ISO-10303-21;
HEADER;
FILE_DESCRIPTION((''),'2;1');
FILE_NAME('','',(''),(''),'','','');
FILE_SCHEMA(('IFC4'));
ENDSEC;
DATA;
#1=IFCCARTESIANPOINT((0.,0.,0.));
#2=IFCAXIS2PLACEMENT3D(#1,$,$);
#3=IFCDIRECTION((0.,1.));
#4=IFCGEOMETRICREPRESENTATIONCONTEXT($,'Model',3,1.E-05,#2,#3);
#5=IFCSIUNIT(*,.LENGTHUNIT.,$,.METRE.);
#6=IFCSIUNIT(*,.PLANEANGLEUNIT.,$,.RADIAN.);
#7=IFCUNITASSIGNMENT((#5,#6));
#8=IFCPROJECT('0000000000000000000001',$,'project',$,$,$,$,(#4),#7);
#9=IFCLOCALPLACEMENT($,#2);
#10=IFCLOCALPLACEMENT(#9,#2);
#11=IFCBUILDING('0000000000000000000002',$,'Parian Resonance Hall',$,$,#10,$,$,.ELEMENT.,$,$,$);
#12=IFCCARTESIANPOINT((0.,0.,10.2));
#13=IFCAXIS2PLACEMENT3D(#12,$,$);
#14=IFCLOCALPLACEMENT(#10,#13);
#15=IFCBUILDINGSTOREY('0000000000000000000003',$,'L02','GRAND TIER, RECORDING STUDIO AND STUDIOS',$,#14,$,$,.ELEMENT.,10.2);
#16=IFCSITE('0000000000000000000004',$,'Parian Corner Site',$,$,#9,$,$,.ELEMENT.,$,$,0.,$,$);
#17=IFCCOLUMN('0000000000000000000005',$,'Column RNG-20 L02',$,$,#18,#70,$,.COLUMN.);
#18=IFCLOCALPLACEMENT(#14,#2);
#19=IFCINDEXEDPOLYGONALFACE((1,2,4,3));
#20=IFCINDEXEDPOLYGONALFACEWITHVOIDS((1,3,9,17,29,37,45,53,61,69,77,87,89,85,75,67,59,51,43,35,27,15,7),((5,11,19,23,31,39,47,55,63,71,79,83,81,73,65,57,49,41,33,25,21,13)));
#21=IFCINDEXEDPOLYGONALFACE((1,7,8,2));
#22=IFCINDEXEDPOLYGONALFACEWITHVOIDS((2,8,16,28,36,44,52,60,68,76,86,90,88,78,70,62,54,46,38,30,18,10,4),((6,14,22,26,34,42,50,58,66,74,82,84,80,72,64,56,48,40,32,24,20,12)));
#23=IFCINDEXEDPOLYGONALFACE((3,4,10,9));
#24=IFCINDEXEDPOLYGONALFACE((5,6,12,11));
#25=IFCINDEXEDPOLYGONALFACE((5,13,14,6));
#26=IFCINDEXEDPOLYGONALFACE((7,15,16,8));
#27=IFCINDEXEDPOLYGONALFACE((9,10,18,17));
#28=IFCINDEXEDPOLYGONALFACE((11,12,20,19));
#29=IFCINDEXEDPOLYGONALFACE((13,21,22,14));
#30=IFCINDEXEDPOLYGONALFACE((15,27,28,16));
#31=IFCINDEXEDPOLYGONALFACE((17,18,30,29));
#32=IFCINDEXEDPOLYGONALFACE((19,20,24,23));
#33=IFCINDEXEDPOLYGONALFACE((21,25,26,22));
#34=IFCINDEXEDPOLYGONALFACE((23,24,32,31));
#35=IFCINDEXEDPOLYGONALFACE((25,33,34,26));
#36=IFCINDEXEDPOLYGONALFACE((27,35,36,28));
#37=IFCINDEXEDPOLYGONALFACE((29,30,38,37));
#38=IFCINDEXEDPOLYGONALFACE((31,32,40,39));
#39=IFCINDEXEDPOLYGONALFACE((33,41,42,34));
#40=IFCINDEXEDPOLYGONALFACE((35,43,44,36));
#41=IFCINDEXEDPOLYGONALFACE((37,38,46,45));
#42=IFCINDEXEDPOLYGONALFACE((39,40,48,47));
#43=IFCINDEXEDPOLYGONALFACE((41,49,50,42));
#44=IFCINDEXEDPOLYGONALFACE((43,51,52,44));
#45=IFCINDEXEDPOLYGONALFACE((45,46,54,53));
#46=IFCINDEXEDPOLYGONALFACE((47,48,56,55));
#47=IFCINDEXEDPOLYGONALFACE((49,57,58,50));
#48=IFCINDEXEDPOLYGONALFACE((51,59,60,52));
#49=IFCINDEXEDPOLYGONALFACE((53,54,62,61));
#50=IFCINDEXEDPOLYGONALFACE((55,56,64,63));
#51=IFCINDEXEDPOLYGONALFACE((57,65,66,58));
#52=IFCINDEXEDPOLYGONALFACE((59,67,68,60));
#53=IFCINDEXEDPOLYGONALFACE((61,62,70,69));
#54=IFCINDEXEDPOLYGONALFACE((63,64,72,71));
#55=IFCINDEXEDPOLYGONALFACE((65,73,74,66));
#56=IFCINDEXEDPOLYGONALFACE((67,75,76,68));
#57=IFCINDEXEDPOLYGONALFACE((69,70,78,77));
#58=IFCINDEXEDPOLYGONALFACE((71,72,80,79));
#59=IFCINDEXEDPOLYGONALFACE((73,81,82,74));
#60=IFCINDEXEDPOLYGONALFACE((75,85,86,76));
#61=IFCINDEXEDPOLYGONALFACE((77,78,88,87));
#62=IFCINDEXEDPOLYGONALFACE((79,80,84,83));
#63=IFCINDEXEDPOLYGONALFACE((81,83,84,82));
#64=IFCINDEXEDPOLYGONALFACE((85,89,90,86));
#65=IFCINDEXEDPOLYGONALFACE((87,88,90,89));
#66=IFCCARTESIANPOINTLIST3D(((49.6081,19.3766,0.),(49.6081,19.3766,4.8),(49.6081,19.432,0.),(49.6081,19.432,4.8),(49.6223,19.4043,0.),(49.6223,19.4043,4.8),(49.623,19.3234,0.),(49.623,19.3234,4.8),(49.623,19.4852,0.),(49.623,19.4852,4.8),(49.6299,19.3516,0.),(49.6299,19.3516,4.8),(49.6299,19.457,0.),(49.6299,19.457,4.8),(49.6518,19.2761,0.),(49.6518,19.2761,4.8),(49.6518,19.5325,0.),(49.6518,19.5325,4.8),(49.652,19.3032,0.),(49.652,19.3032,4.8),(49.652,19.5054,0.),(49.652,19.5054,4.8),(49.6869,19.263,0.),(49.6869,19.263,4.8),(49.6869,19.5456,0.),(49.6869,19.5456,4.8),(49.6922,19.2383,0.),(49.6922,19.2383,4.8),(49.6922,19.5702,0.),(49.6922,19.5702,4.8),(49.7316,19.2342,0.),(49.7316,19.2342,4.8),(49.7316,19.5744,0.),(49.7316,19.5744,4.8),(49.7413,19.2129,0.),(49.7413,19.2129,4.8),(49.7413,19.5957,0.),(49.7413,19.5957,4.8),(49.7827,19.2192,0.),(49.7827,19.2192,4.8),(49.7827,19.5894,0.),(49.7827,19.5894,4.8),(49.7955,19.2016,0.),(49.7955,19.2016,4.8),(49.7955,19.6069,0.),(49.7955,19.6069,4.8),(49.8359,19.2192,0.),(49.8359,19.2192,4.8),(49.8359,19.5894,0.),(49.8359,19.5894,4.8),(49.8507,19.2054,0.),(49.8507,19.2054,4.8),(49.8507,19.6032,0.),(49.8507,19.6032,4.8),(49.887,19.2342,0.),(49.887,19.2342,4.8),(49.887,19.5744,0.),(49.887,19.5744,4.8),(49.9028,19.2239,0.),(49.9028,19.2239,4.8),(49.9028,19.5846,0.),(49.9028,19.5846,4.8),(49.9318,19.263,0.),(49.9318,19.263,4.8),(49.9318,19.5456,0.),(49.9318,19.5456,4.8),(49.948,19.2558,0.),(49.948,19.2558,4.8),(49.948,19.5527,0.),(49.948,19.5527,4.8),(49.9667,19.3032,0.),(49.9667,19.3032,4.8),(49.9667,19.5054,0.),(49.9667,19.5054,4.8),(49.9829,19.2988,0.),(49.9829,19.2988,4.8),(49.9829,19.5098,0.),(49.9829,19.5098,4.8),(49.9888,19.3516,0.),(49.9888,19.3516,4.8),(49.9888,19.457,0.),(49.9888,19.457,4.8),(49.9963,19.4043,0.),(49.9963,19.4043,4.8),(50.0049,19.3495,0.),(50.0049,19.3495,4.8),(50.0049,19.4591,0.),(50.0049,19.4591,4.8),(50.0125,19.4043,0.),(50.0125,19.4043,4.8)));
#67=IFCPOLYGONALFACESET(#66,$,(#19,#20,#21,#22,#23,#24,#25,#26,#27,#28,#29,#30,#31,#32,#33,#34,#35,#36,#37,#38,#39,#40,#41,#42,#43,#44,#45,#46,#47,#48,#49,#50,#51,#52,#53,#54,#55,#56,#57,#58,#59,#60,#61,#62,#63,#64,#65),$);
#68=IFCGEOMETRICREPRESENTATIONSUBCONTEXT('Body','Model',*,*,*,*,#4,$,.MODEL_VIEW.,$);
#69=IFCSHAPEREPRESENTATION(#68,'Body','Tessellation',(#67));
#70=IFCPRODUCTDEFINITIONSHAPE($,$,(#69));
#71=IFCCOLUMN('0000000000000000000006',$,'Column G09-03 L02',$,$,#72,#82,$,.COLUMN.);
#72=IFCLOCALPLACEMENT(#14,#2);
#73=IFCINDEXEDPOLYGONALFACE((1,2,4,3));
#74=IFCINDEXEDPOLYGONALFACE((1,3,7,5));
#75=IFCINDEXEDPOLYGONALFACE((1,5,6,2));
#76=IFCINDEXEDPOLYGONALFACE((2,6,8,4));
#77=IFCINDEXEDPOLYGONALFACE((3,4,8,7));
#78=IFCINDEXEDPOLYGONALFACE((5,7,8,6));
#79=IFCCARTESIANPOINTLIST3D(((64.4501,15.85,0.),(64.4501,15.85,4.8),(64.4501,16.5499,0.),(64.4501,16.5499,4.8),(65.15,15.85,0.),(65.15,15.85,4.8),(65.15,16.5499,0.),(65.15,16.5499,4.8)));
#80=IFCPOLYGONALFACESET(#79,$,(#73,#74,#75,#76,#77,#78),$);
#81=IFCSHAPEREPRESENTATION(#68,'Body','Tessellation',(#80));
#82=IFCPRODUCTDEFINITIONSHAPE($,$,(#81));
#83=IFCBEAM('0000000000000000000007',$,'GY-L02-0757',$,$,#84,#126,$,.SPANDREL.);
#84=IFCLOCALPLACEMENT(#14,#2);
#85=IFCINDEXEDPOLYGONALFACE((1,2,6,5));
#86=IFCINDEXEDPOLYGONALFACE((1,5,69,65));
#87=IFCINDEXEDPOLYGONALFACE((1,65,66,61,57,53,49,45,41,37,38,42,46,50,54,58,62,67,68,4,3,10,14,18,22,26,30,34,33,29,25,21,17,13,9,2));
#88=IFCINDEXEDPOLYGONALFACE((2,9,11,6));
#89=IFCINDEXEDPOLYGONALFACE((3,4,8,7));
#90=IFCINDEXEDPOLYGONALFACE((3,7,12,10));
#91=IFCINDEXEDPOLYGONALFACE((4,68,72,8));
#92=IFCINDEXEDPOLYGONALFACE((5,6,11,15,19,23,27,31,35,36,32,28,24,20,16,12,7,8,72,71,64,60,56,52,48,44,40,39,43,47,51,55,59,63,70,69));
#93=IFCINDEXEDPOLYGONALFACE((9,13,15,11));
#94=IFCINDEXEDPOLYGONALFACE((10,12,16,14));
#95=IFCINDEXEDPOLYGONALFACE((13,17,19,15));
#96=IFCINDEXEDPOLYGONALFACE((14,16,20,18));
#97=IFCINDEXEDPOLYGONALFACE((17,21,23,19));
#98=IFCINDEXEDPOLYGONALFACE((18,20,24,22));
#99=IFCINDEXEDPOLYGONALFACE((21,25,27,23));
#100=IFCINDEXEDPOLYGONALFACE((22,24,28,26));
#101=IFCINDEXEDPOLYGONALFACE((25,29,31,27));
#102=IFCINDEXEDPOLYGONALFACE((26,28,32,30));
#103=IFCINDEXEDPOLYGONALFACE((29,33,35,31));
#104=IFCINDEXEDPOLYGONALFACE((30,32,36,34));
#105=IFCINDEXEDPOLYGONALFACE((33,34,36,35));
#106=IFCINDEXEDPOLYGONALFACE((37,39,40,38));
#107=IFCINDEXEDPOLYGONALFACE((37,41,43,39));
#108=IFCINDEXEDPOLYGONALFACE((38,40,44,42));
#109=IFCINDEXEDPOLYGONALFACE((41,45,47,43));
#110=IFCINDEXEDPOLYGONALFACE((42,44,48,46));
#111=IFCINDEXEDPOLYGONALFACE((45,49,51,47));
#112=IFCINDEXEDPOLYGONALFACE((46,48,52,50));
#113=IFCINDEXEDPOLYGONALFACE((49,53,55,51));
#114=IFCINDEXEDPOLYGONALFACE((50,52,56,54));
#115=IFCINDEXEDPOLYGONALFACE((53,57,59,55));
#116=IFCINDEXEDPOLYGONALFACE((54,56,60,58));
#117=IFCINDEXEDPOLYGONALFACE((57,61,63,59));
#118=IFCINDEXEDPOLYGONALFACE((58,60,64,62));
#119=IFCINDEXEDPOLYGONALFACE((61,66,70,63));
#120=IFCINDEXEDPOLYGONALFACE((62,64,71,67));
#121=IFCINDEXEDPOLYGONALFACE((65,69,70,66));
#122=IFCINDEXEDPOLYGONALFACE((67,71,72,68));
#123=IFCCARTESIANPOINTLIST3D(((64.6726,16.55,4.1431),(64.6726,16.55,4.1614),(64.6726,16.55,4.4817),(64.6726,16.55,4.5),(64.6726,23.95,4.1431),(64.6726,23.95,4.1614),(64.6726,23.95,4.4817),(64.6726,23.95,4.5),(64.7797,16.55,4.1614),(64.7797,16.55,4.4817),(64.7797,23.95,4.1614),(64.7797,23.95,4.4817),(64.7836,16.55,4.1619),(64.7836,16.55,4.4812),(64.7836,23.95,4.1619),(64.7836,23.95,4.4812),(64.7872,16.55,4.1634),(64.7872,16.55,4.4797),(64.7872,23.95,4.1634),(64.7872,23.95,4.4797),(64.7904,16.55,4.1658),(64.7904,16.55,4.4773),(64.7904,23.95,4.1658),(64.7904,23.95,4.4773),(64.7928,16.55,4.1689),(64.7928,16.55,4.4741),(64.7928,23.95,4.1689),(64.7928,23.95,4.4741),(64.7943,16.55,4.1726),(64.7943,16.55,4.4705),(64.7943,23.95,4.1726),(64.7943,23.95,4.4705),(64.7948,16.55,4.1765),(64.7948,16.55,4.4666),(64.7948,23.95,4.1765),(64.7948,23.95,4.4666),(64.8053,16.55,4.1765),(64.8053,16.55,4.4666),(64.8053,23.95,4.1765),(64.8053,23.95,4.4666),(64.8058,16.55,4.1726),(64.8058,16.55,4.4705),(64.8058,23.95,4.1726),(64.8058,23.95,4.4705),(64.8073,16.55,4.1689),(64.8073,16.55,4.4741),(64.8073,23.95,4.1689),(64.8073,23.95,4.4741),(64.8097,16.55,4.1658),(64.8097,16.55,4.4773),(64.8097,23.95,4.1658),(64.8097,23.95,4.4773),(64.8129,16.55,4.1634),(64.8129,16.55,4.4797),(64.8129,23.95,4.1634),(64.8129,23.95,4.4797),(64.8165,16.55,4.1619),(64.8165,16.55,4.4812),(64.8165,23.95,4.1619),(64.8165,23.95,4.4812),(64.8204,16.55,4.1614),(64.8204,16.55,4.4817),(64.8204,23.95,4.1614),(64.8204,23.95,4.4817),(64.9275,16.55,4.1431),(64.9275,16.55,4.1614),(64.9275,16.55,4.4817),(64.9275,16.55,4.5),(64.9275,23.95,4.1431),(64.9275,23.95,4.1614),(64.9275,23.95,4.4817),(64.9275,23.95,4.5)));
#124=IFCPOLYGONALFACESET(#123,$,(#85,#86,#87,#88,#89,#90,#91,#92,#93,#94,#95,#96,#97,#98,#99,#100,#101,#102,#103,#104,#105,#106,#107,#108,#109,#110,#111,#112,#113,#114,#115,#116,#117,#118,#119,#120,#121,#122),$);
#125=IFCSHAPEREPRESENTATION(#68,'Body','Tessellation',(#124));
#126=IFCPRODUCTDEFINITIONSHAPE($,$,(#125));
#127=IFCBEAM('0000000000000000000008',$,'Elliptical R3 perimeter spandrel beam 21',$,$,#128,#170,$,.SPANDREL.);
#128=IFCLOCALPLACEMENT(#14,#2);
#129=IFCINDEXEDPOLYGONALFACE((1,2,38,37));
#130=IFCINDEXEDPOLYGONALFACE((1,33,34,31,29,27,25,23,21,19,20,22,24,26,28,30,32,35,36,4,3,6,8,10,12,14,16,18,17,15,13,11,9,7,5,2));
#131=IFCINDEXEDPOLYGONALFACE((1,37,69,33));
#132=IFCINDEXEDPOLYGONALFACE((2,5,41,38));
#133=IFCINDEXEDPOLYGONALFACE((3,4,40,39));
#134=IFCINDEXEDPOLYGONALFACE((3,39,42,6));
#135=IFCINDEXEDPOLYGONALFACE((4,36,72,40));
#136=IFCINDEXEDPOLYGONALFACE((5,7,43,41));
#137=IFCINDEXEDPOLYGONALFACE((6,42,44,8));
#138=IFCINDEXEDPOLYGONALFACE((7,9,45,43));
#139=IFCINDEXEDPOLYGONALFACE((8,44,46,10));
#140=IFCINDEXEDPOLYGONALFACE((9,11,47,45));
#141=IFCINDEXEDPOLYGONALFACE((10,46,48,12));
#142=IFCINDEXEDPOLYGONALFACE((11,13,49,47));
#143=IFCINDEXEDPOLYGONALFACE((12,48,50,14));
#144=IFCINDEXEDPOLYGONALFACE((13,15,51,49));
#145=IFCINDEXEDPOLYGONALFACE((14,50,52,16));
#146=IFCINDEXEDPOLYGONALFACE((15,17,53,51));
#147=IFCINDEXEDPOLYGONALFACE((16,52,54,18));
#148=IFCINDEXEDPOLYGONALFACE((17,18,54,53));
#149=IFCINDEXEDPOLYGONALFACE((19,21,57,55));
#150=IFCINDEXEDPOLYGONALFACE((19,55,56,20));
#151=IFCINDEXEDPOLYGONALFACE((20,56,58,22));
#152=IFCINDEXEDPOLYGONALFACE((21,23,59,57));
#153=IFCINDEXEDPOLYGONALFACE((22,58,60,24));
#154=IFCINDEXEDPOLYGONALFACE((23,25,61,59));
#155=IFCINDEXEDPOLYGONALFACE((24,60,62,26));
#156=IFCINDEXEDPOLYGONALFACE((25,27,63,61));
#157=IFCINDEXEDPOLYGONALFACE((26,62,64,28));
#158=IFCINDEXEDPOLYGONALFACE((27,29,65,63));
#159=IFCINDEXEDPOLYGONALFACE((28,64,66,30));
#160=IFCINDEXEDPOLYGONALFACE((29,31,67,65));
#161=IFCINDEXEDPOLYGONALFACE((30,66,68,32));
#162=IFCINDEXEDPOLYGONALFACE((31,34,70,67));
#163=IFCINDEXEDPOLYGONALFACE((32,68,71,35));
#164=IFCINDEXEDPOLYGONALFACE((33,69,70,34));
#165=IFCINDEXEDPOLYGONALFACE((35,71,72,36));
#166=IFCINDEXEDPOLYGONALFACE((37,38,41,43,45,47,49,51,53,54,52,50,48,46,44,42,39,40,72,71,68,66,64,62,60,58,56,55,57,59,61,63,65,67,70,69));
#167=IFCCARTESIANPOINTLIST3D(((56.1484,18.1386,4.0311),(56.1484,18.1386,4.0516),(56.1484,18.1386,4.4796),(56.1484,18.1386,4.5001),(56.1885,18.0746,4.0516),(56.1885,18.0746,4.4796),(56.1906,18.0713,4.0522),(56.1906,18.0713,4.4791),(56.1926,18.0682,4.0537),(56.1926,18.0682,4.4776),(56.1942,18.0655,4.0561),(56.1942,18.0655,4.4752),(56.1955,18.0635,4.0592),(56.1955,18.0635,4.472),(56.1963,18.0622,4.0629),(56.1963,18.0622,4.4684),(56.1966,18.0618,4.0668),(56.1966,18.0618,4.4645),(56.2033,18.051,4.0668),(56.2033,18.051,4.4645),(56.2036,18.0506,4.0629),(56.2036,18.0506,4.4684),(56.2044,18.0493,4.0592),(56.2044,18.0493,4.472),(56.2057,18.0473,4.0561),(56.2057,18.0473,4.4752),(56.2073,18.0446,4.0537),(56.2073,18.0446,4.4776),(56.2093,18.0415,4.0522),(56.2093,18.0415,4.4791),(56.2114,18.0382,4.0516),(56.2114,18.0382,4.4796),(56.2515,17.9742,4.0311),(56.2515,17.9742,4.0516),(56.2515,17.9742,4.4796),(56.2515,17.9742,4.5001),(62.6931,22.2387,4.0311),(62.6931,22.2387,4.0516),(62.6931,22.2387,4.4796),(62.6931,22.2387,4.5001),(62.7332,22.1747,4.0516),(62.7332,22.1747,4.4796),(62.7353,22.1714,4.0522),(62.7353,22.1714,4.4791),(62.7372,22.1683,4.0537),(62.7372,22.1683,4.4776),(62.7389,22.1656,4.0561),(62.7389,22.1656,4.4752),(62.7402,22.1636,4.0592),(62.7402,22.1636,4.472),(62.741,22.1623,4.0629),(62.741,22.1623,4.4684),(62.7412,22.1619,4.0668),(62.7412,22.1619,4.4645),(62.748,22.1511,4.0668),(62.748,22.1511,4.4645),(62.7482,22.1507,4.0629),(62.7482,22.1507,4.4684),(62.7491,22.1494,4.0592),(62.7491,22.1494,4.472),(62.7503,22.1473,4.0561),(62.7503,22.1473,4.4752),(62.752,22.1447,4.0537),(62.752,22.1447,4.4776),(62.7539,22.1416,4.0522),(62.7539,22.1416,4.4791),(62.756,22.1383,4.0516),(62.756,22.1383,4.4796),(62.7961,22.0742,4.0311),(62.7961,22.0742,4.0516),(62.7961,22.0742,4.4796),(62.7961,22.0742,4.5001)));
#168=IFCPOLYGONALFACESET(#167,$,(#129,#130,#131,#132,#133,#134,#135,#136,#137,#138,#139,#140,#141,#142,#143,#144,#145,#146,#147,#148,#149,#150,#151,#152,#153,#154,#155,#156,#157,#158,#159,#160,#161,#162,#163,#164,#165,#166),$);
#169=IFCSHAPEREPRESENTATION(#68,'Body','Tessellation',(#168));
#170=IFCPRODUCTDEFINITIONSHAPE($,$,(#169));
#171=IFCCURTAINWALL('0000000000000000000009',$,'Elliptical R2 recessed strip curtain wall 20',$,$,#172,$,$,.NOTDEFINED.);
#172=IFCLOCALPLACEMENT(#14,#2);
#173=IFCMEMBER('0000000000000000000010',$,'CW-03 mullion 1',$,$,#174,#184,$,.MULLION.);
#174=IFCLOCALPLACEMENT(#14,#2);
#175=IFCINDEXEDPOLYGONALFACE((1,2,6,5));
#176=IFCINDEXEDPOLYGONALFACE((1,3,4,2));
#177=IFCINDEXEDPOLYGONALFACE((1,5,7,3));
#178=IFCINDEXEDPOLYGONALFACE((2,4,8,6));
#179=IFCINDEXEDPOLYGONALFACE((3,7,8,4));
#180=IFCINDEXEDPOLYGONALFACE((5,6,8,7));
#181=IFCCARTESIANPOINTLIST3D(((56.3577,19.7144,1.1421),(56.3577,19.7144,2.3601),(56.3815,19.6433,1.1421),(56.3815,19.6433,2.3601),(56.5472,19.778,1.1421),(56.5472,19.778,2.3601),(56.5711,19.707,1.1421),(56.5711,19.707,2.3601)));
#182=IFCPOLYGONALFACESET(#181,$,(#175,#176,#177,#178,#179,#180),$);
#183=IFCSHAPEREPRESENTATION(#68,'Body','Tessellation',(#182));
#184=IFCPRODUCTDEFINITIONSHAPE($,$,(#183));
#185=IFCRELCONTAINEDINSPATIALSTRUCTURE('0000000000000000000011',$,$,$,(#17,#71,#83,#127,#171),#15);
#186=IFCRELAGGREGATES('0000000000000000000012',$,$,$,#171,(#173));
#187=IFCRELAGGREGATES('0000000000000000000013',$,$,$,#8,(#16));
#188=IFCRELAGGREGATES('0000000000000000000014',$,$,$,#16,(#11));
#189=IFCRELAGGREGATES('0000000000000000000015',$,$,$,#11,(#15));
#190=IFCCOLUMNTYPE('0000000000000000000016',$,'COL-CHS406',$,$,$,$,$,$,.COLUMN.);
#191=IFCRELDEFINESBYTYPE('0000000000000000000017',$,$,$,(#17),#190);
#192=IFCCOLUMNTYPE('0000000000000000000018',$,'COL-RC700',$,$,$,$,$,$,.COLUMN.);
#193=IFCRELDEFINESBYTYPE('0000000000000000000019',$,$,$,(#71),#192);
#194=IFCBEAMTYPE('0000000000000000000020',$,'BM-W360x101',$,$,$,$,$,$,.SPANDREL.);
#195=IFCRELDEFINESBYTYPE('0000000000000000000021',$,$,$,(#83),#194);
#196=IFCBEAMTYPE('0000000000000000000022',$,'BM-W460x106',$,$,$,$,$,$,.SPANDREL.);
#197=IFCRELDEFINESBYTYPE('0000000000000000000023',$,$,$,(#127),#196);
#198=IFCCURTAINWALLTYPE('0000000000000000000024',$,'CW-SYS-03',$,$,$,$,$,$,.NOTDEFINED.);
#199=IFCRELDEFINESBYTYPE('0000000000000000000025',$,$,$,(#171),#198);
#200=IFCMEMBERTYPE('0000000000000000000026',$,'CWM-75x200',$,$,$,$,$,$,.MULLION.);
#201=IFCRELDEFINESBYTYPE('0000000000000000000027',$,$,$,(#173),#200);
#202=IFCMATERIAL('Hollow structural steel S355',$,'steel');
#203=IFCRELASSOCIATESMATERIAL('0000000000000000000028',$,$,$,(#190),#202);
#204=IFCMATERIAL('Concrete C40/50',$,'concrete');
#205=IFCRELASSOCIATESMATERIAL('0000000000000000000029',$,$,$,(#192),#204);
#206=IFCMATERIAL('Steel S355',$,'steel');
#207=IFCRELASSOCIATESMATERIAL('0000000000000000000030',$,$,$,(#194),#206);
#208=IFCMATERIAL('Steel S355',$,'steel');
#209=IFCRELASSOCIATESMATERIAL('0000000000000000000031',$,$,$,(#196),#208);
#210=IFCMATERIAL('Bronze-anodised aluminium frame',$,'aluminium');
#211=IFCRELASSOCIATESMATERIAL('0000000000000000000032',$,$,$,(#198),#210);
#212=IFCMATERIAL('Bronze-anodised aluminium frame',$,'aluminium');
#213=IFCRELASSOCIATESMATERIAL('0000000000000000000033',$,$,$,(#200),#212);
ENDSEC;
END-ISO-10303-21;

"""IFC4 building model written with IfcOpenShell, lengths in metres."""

from ifc_helpers import new_model, si_unit, direction, frame, origin, origin_2d, place, context, subcontext, project, spatial, rectangle, hollow_circle, i_section, extrude, material, material_profile, profile_set, type_object, element, aggregate, save


model = new_model("IFC4")

# Units and contexts
model_context = context("Model", 3, precision=1e-05, world=origin(), true_north=direction((0.0, 1.0)))
body_context = subcontext(model_context, "Body", "Model", "MODEL_VIEW")
ifc_project = project(units=[si_unit("LENGTHUNIT", "METRE"), si_unit("PLANEANGLEUNIT", "RADIAN")], contexts=[model_context])

# Site, building, storey
site_placement = place(None, origin())
site = spatial("IfcSite", under=ifc_project, at=site_placement, Name="Parian Corner Site", CompositionType="ELEMENT", RefElevation=0.0)
building_placement = place(site_placement, origin())
building = spatial("IfcBuilding", under=site, at=building_placement, Name="Parian Resonance Hall", CompositionType="ELEMENT")
storey_placement = place(building_placement, frame((0.0, 0.0, 10.2)))
storey = spatial("IfcBuildingStorey", under=building, at=storey_placement, Name="L02", Description="GRAND TIER, RECORDING STUDIO AND STUDIOS", CompositionType="ELEMENT", Elevation=10.2)

# Columns
ifc_material_1 = material(Name="Hollow structural steel S355", Category="steel")
ifc_material_profile_1 = material_profile(ifc_material_1, hollow_circle(Radius=0.2031, WallThickness=0.0161, at=origin_2d()), Name="CHS406.4x16")
ifc_profile_set_1 = profile_set([ifc_material_profile_1], Name="Hollow structural steel S355")
column_type_1 = type_object("IfcColumnType", Name="COL-CHS406", PredefinedType="COLUMN", material=ifc_profile_set_1)
column_1_placement = place(storey_placement, frame((49.8093, 19.4043, 0.0), z_axis=(0.0, 0.0, 1.0), x_axis=(1.0, 0.0, 0.0)))
element("IfcColumn", 1, at=column_1_placement, inside=storey, type_object=column_type_1, Name="Column RNG-20 L02", PredefinedType="COLUMN", context=body_context, shape_type="SweptSolid", body=[
    extrude(hollow_circle(Radius=0.2031, WallThickness=0.0161, at=origin_2d()), origin(), (0.0, 0.0, 1.0), 4.8),
])
ifc_material_2 = material(Name="Concrete C40/50", Category="concrete")
ifc_material_profile_2 = material_profile(ifc_material_2, rectangle(XDim=0.7, YDim=0.7, at=origin_2d()), Name="RC-COL-700x700")
ifc_profile_set_2 = profile_set([ifc_material_profile_2], Name="Concrete C40/50")
column_type_2 = type_object("IfcColumnType", Name="COL-RC700", PredefinedType="COLUMN", material=ifc_profile_set_2)
column_2_placement = place(storey_placement, frame((64.8, 16.2, 0.0), z_axis=(0.0, 0.0, 1.0), x_axis=(1.0, 0.0, 0.0)))
element("IfcColumn", 2, at=column_2_placement, inside=storey, type_object=column_type_2, Name="Column G09-03 L02", PredefinedType="COLUMN", context=body_context, shape_type="SweptSolid", body=[
    extrude(rectangle(XDim=0.7, YDim=0.7, at=origin_2d()), origin(), (0.0, 0.0, 1.0), 4.8),
])

# Beams
ifc_material_3 = material(Name="Steel S355", Category="steel")
ifc_material_profile_3 = material_profile(ifc_material_3, i_section(OverallWidth=0.2549, OverallDepth=0.3569, WebThickness=0.0105, FlangeThickness=0.0183, FilletRadius=0.0151, at=origin_2d()), Name="W360x101")
ifc_profile_set_3 = profile_set([ifc_material_profile_3], Name="Steel S355")
beam_type_1 = type_object("IfcBeamType", Name="BM-W360x101", PredefinedType="SPANDREL", material=ifc_profile_set_3)
beam_1_placement = place(storey_placement, frame((64.8, 16.55, 4.3215), z_axis=(0.0, 1.0, 0.0), x_axis=(-1.0, 0.0, 0.0)))
element("IfcBeam", 3, at=beam_1_placement, inside=storey, type_object=beam_type_1, Name="GY-L02-0757", PredefinedType="SPANDREL", context=body_context, shape_type="SweptSolid", body=[
    extrude(i_section(OverallWidth=0.2549, OverallDepth=0.3569, WebThickness=0.0105, FlangeThickness=0.0183, FilletRadius=0.0151, at=origin_2d()), origin(), (0.0, 0.0, 1.0), 7.3999),
])
ifc_material_4 = material(Name="Steel S355", Category="steel")
ifc_material_profile_4 = material_profile(ifc_material_4, i_section(OverallWidth=0.1941, OverallDepth=0.469, WebThickness=0.0127, FlangeThickness=0.0205, FilletRadius=0.0151, at=origin_2d()), Name="W460x106")
ifc_profile_set_4 = profile_set([ifc_material_profile_4], Name="Steel S355")
beam_type_2 = type_object("IfcBeamType", Name="BM-W460x106", PredefinedType="SPANDREL", material=ifc_profile_set_4)
beam_2_placement = place(storey_placement, frame((56.2, 18.0564, 4.2656), z_axis=(0.847435, 0.530899, 0.0), x_axis=(-0.530899, 0.847435, 0.0)))
element("IfcBeam", 4, at=beam_2_placement, inside=storey, type_object=beam_type_2, Name="Elliptical R3 perimeter spandrel beam 21", PredefinedType="SPANDREL", context=body_context, shape_type="SweptSolid", body=[
    extrude(i_section(OverallWidth=0.1941, OverallDepth=0.469, WebThickness=0.0127, FlangeThickness=0.0205, FilletRadius=0.0151, at=origin_2d()), origin(), (0.0, 0.0, 1.0), 7.7229),
])

# Curtain wall, member
ifc_material_5 = material(Name="Bronze-anodised aluminium frame", Category="aluminium")
curtain_wall_type = type_object("IfcCurtainWallType", Name="CW-SYS-03", PredefinedType="NOTDEFINED", material=ifc_material_5)
curtain_wall_placement = place(storey_placement, origin())
curtain_wall = element("IfcCurtainWall", 5, at=curtain_wall_placement, inside=storey, type_object=curtain_wall_type, Name="Elliptical R2 recessed strip curtain wall 20", PredefinedType="NOTDEFINED")
ifc_material_6 = material(Name="Bronze-anodised aluminium frame", Category="aluminium")
ifc_material_profile_5 = material_profile(ifc_material_6, rectangle(XDim=0.075, YDim=0.2, at=origin_2d()), Name="CWM-75x200")
ifc_profile_set_5 = profile_set([ifc_material_profile_5], Name="Bronze-anodised aluminium frame")
member_type_1 = type_object("IfcMemberType", Name="CWM-75x200", PredefinedType="MULLION", material=ifc_profile_set_5)
member_1_placement = place(storey_placement, frame((56.4644, 19.7107, 1.1421), z_axis=(0.0, 0.0, 1.0), x_axis=(0.318258, -0.948004, 0.0)))
member_1 = element("IfcMember", 6, at=member_1_placement, type_object=member_type_1, Name="CW-03 mullion 1", PredefinedType="MULLION", context=body_context, shape_type="SweptSolid", body=[
    extrude(rectangle(XDim=0.075, YDim=0.2, at=origin_2d()), origin(), (0.0, 0.0, 1.0), 1.218),
])

aggregate(curtain_wall, [member_1])

save(model, "model.ifc")
